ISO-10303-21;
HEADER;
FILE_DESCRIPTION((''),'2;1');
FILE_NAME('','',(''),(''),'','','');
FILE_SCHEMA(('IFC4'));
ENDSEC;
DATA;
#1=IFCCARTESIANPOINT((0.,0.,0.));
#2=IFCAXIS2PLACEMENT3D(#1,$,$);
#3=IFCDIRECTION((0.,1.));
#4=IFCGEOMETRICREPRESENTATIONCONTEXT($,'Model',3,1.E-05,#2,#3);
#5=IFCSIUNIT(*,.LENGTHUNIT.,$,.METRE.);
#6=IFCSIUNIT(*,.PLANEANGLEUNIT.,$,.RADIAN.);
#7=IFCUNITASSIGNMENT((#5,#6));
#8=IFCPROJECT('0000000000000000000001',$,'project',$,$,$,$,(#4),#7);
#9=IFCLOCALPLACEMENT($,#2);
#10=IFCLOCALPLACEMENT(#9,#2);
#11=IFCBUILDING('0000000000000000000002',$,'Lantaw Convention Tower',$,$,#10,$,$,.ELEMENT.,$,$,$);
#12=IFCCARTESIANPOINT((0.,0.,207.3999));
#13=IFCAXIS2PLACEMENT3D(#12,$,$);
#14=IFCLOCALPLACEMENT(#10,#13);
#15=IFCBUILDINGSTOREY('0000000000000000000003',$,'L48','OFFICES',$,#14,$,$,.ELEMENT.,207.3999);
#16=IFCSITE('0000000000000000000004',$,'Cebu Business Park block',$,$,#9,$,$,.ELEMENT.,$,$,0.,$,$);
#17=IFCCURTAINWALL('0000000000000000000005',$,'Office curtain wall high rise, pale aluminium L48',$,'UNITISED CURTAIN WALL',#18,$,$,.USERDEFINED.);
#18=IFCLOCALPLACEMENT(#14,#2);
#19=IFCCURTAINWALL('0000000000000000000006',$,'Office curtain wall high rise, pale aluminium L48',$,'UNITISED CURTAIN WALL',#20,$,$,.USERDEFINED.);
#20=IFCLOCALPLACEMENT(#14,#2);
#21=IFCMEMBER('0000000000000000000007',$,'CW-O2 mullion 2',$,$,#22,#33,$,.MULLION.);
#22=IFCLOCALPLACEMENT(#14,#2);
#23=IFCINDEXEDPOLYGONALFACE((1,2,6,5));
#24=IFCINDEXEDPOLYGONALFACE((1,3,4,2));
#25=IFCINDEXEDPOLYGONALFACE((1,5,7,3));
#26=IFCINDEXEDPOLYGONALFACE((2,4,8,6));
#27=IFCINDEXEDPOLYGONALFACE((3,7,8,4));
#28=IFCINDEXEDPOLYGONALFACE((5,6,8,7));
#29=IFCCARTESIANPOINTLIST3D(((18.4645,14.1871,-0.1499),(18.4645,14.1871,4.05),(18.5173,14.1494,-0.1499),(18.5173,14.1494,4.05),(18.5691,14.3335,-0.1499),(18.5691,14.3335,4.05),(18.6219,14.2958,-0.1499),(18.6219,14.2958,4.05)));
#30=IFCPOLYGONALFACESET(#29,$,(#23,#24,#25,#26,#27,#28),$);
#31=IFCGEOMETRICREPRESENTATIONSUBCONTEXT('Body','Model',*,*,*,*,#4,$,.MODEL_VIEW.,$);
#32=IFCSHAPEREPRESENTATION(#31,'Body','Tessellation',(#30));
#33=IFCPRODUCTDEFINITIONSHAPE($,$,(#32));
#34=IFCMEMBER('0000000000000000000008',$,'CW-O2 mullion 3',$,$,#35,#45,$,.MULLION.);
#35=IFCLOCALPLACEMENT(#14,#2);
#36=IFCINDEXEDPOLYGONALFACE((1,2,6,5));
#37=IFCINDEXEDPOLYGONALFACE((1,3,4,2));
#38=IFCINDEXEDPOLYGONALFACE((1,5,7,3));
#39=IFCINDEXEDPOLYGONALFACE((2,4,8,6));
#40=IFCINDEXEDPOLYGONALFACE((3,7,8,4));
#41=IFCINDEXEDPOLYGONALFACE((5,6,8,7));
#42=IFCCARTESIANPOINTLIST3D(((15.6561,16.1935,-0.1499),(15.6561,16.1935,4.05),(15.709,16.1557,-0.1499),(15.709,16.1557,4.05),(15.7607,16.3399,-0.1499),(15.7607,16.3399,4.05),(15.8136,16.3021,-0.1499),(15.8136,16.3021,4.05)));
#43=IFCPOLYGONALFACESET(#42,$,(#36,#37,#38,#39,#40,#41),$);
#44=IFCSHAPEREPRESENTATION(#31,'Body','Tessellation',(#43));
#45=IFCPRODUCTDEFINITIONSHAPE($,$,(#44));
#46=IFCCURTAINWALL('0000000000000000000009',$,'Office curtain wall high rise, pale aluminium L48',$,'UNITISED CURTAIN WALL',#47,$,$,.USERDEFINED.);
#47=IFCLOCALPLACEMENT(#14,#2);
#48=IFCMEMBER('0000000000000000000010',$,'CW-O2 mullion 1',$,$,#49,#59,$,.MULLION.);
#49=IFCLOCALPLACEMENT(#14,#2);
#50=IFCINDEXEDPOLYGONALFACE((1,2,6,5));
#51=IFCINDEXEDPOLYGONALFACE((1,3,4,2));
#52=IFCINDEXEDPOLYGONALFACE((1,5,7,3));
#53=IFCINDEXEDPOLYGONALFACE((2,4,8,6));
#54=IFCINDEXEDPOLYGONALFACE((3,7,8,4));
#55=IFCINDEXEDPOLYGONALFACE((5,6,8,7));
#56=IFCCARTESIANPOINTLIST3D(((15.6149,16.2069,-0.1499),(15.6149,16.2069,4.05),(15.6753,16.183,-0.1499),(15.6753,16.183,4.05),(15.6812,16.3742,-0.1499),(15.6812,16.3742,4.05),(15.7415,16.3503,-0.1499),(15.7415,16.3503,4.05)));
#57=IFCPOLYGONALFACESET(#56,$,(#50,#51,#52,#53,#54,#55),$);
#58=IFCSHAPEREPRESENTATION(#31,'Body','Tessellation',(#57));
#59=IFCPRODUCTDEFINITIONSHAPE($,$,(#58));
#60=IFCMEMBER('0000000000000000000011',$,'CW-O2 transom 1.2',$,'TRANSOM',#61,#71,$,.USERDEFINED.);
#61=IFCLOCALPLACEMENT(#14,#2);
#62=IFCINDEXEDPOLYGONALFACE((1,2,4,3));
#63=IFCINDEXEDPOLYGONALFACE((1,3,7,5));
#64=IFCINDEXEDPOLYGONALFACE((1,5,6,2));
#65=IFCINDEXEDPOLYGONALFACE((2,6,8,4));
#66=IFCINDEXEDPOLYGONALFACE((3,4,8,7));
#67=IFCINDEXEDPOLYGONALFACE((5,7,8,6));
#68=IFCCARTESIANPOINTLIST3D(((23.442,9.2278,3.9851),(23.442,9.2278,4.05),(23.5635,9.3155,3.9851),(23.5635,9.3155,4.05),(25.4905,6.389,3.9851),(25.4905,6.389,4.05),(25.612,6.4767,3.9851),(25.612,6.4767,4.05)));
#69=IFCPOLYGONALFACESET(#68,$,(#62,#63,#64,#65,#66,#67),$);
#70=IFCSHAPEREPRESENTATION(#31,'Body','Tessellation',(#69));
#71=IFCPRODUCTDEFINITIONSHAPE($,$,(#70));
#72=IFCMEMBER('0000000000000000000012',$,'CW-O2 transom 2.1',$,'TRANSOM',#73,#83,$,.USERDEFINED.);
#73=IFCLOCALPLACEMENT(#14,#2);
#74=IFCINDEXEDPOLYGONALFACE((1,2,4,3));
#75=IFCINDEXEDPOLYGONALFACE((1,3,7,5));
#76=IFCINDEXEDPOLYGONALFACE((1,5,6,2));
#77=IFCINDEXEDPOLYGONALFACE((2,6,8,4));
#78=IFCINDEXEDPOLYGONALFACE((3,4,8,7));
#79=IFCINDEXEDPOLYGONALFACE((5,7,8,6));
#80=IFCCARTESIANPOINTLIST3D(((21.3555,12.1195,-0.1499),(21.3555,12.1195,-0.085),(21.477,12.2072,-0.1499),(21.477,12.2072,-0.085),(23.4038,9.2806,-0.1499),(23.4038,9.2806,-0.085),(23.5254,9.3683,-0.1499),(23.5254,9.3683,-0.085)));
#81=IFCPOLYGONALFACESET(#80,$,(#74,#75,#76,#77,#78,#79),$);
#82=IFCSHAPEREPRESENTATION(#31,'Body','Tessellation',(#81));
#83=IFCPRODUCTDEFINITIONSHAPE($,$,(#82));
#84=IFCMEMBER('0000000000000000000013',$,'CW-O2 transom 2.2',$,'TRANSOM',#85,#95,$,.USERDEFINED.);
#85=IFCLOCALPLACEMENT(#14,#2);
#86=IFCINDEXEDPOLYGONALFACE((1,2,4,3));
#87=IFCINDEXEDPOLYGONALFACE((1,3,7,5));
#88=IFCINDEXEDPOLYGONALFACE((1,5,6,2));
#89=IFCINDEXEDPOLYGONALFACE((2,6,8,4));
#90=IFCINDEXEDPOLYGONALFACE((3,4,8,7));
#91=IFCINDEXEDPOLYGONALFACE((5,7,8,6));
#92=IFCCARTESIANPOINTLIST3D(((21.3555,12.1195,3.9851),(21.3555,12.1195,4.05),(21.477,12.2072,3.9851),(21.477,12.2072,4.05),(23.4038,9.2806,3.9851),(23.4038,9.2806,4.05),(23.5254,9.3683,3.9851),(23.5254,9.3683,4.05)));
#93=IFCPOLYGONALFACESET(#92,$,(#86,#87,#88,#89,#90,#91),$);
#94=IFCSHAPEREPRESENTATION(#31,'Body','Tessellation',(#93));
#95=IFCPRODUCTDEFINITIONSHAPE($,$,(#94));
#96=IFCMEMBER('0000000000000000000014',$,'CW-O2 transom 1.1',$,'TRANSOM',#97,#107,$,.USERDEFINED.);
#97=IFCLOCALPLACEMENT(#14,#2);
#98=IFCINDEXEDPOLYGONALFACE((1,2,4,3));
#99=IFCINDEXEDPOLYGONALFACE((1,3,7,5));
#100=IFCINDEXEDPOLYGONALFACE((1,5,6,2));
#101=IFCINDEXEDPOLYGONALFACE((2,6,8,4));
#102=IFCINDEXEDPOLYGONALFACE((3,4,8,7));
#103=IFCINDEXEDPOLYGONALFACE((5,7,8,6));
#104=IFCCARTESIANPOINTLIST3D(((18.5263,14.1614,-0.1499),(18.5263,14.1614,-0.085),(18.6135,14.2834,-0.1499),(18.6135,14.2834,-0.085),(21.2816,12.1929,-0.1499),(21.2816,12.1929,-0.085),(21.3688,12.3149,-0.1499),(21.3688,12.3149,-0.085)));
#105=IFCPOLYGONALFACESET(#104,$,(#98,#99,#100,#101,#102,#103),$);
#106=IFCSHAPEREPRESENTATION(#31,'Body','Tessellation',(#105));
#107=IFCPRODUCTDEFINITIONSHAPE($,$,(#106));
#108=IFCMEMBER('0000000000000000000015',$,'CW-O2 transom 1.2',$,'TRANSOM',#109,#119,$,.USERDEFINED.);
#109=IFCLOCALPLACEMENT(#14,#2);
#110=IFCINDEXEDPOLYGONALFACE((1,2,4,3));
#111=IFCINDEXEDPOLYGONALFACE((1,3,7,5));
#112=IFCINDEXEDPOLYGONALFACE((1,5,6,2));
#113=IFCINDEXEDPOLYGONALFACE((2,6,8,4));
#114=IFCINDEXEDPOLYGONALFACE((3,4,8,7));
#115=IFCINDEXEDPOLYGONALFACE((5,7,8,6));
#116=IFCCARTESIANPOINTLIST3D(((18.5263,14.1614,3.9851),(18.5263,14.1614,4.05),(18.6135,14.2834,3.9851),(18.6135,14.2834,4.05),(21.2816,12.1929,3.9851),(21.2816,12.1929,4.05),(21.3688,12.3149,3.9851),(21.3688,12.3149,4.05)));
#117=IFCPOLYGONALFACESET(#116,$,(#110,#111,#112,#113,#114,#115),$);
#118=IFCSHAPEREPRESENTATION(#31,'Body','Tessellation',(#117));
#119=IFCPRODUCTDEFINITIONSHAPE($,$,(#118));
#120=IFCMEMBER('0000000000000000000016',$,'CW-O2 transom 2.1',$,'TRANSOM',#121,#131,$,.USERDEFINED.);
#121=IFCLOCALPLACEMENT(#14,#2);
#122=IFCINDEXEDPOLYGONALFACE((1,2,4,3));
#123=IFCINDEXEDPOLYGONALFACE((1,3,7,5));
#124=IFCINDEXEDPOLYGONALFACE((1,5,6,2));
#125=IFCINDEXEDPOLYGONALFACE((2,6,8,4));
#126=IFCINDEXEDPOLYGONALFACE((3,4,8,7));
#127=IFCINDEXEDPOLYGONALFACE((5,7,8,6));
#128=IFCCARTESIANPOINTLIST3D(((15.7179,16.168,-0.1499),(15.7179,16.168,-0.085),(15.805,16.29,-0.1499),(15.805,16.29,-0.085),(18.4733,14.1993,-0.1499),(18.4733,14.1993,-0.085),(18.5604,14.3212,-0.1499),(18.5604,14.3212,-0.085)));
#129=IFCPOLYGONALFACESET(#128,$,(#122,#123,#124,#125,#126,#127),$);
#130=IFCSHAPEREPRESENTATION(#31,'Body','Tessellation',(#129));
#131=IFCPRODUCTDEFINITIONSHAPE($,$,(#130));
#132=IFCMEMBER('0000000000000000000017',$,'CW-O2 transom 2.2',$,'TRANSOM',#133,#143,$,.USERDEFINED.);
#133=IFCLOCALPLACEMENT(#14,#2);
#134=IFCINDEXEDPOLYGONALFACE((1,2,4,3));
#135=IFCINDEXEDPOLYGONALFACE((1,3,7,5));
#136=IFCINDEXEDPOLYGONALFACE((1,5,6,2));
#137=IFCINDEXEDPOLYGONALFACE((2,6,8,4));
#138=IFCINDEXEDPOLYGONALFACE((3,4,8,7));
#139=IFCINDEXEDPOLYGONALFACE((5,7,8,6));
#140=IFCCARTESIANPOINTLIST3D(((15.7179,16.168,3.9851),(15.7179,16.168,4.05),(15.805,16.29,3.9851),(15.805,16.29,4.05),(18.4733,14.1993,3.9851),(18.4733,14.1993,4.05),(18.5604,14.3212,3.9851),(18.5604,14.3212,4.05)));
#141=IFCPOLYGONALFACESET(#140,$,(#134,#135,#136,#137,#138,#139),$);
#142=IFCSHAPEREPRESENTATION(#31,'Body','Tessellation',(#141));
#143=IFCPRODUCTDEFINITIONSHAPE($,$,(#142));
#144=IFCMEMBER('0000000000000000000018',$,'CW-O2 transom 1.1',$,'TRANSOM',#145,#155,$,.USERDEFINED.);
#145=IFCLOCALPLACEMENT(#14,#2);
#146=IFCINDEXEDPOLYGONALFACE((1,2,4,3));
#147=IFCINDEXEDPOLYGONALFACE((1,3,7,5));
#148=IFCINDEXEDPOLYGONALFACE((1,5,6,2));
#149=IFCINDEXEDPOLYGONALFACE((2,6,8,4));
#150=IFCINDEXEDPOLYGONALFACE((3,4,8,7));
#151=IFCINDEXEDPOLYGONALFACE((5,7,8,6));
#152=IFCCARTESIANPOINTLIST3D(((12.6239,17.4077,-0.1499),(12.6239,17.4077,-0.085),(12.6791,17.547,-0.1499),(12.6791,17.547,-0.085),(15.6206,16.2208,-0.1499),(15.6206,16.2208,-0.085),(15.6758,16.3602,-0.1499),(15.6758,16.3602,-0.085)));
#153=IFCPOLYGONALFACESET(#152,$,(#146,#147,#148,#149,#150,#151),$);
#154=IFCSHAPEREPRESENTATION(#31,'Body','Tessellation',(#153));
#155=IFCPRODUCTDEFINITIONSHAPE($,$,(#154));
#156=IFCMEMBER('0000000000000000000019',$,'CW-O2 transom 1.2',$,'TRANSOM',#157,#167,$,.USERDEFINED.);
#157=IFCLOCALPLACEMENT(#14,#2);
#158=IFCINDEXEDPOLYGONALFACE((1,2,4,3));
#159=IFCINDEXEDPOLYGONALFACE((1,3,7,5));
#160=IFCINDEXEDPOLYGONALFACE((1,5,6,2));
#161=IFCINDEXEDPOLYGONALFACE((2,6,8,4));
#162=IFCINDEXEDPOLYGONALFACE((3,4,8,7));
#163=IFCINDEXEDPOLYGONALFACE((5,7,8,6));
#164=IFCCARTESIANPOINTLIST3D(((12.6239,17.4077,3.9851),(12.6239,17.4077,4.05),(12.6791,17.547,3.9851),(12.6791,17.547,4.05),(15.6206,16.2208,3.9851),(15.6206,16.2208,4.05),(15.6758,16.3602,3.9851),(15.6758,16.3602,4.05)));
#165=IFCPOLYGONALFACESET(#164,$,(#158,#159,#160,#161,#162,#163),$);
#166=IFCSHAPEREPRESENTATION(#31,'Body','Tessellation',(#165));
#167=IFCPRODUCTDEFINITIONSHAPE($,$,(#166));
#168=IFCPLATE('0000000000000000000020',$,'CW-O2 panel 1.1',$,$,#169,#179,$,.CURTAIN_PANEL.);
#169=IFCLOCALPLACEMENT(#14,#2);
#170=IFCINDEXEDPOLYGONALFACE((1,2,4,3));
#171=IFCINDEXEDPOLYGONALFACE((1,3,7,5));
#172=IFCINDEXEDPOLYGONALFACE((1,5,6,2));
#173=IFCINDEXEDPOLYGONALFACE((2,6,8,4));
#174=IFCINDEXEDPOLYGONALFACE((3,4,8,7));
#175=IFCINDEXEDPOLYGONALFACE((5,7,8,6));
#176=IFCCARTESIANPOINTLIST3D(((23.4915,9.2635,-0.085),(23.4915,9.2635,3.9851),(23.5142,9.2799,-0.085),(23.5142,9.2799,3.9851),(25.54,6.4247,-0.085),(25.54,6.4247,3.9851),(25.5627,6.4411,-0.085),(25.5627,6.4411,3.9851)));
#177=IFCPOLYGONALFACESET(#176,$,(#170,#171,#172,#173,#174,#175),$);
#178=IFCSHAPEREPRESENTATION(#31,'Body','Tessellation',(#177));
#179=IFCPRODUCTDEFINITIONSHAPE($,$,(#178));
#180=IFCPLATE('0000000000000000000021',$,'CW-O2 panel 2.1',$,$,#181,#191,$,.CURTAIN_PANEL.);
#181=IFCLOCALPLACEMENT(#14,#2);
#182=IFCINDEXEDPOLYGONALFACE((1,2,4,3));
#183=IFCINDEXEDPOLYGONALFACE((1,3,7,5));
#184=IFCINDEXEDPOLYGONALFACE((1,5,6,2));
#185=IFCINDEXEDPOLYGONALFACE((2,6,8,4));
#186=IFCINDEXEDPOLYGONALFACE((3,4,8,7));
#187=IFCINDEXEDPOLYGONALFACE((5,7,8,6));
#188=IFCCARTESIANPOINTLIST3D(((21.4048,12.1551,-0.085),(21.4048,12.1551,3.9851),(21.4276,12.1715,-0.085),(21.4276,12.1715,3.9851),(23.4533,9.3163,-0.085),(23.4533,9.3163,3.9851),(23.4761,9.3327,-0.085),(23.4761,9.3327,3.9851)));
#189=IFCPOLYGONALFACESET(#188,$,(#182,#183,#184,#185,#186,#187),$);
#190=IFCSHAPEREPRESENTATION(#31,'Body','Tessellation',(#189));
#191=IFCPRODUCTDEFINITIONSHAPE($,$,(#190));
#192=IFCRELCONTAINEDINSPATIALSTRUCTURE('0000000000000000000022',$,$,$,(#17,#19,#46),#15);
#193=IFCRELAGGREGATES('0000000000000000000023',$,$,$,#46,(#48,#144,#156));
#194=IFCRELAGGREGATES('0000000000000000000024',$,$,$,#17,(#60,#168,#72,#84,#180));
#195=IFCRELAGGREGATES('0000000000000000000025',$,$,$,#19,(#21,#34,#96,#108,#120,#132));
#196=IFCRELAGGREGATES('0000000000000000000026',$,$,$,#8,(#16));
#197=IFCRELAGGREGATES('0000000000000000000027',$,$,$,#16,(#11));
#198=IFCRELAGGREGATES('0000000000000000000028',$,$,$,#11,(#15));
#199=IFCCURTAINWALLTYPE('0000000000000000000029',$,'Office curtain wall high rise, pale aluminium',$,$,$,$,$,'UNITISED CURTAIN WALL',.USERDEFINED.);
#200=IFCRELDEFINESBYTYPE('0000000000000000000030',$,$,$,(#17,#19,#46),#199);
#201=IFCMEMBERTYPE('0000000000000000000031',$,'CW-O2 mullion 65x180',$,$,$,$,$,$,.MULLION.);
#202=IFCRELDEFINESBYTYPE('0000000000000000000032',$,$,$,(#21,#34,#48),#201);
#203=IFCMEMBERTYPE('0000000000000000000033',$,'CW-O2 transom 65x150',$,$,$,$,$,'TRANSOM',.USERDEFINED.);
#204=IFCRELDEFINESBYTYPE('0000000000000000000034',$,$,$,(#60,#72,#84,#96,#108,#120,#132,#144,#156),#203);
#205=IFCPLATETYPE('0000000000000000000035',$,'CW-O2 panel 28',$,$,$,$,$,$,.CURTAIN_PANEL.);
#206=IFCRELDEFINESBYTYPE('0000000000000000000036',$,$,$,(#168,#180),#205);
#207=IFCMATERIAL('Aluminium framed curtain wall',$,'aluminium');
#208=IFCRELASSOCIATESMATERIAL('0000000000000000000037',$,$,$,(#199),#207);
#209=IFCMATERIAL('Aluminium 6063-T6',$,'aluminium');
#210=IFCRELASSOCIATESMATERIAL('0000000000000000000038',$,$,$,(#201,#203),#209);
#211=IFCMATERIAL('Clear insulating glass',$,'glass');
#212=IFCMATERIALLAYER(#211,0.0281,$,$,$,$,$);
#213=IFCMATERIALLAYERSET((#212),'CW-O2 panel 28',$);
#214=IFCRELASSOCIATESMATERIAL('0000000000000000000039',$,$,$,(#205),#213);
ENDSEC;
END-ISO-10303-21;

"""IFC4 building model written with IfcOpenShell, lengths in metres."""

from ifc_helpers import new_model, si_unit, direction, frame, origin, origin_2d, place, context, subcontext, project, spatial, rectangle, extrude, material, layer, layer_set, material_profile, profile_set, type_object, element, aggregate, save


model = new_model("IFC4")

# Units and contexts
model_context = context("Model", 3, precision=1e-05, world=origin(), true_north=direction((0.0, 1.0)))
body_context = subcontext(model_context, "Body", "Model", "MODEL_VIEW")
ifc_project = project(units=[si_unit("LENGTHUNIT", "METRE"), si_unit("PLANEANGLEUNIT", "RADIAN")], contexts=[model_context])

# Site, building, storey
site_placement = place(None, origin())
site = spatial("IfcSite", under=ifc_project, at=site_placement, Name="Cebu Business Park block", CompositionType="ELEMENT", RefElevation=0.0)
building_placement = place(site_placement, origin())
building = spatial("IfcBuilding", under=site, at=building_placement, Name="Lantaw Convention Tower", CompositionType="ELEMENT")
storey_placement = place(building_placement, frame((0.0, 0.0, 207.3999)))
storey = spatial("IfcBuildingStorey", under=building, at=storey_placement, Name="L48", Description="OFFICES", CompositionType="ELEMENT", Elevation=207.3999)

# Curtain walls, members
ifc_material_1 = material(Name="Aluminium framed curtain wall", Category="aluminium")
curtain_wall_type = type_object("IfcCurtainWallType", Name="Office curtain wall high rise, pale aluminium", ElementType="UNITISED CURTAIN WALL", PredefinedType="USERDEFINED", material=ifc_material_1)
curtain_wall_1_placement = place(storey_placement, origin())
curtain_wall_1 = element("IfcCurtainWall", 1, at=curtain_wall_1_placement, inside=storey, type_object=curtain_wall_type, Name="Office curtain wall high rise, pale aluminium L48", ObjectType="UNITISED CURTAIN WALL", PredefinedType="USERDEFINED")
ifc_material_2 = material(Name="Aluminium 6063-T6", Category="aluminium")
ifc_material_profile_1 = material_profile(ifc_material_2, rectangle(XDim=0.1799, YDim=0.0649, at=origin_2d()), Name="CW-O2 mullion 65x180")
ifc_profile_set_1 = profile_set([ifc_material_profile_1], Name="Aluminium 6063-T6")
member_type_1 = type_object("IfcMemberType", Name="CW-O2 mullion 65x180", PredefinedType="MULLION", material=ifc_profile_set_1)
curtain_wall_2_placement = place(storey_placement, origin())
curtain_wall_2 = element("IfcCurtainWall", 2, at=curtain_wall_2_placement, inside=storey, type_object=curtain_wall_type, Name="Office curtain wall high rise, pale aluminium L48", ObjectType="UNITISED CURTAIN WALL", PredefinedType="USERDEFINED")
member_1_placement = place(storey_placement, frame((18.5432, 14.2415, -0.1499), z_axis=(0.0, 0.0, 1.0), x_axis=(-0.581323, -0.813673, 0.0)))
member_1 = element("IfcMember", 3, at=member_1_placement, type_object=member_type_1, Name="CW-O2 mullion 2", PredefinedType="MULLION", context=body_context, shape_type="SweptSolid", body=[
    extrude(rectangle(XDim=0.1799, YDim=0.0649, at=origin_2d()), origin(), (0.0, 0.0, 1.0), 4.2),
])
member_2_placement = place(storey_placement, frame((15.7349, 16.2478, -0.1499), z_axis=(0.0, 0.0, 1.0), x_axis=(-0.581323, -0.813673, 0.0)))
member_2 = element("IfcMember", 4, at=member_2_placement, type_object=member_type_1, Name="CW-O2 mullion 3", PredefinedType="MULLION", context=body_context, shape_type="SweptSolid", body=[
    extrude(rectangle(XDim=0.1799, YDim=0.0649, at=origin_2d()), origin(), (0.0, 0.0, 1.0), 4.2),
])

# Curtain wall, member
curtain_wall_3_placement = place(storey_placement, origin())
curtain_wall_3 = element("IfcCurtainWall", 5, at=curtain_wall_3_placement, inside=storey, type_object=curtain_wall_type, Name="Office curtain wall high rise, pale aluminium L48", ObjectType="UNITISED CURTAIN WALL", PredefinedType="USERDEFINED")
member_3_placement = place(storey_placement, frame((15.6782, 16.2786, -0.1499), z_axis=(0.0, 0.0, 1.0), x_axis=(-0.368162, -0.929762, 0.0)))
member_3 = element("IfcMember", 6, at=member_3_placement, type_object=member_type_1, Name="CW-O2 mullion 1", PredefinedType="MULLION", context=body_context, shape_type="SweptSolid", body=[
    extrude(rectangle(XDim=0.1799, YDim=0.0649, at=origin_2d()), origin(), (0.0, 0.0, 1.0), 4.2),
])

# Members
ifc_material_profile_2 = material_profile(ifc_material_2, rectangle(XDim=0.1499, YDim=0.0649, at=origin_2d()), Name="CW-O2 transom 65x150")
ifc_profile_set_2 = profile_set([ifc_material_profile_2], Name="Aluminium 6063-T6")
member_type_2 = type_object("IfcMemberType", Name="CW-O2 transom 65x150", ElementType="TRANSOM", PredefinedType="USERDEFINED", material=ifc_profile_set_2)
member_4_placement = place(storey_placement, frame((25.5513, 6.4329, 4.0176), z_axis=(-0.58517, 0.810911, 0.0), x_axis=(-0.810911, -0.58517, 0.0)))
member_4 = element("IfcMember", 7, at=member_4_placement, type_object=member_type_2, Name="CW-O2 transom 1.2", ObjectType="TRANSOM", PredefinedType="USERDEFINED", context=body_context, shape_type="SweptSolid", body=[
    extrude(rectangle(XDim=0.1499, YDim=0.0649, at=origin_2d()), origin(), (0.0, 0.0, 1.0), 3.5007),
])
member_5_placement = place(storey_placement, frame((23.4646, 9.3245, -0.1174), z_axis=(-0.585124, 0.810944, 0.0), x_axis=(-0.810944, -0.585124, 0.0)))
member_5 = element("IfcMember", 8, at=member_5_placement, type_object=member_type_2, Name="CW-O2 transom 2.1", ObjectType="TRANSOM", PredefinedType="USERDEFINED", context=body_context, shape_type="SweptSolid", body=[
    extrude(rectangle(XDim=0.1499, YDim=0.0649, at=origin_2d()), origin(), (0.0, 0.0, 1.0), 3.5007),
])
member_6_placement = place(storey_placement, frame((23.4646, 9.3245, 4.0176), z_axis=(-0.585124, 0.810944, 0.0), x_axis=(-0.810944, -0.585124, 0.0)))
member_6 = element("IfcMember", 9, at=member_6_placement, type_object=member_type_2, Name="CW-O2 transom 2.2", ObjectType="TRANSOM", PredefinedType="USERDEFINED", context=body_context, shape_type="SweptSolid", body=[
    extrude(rectangle(XDim=0.1499, YDim=0.0649, at=origin_2d()), origin(), (0.0, 0.0, 1.0), 3.5007),
])
member_7_placement = place(storey_placement, frame((21.3252, 12.2539, -0.1174), z_axis=(-0.81368, 0.581313, 0.0), x_axis=(-0.581313, -0.81368, 0.0)))
member_7 = element("IfcMember", 10, at=member_7_placement, type_object=member_type_2, Name="CW-O2 transom 1.1", ObjectType="TRANSOM", PredefinedType="USERDEFINED", context=body_context, shape_type="SweptSolid", body=[
    extrude(rectangle(XDim=0.1499, YDim=0.0649, at=origin_2d()), origin(), (0.0, 0.0, 1.0), 3.3862),
])
member_8_placement = place(storey_placement, frame((21.3252, 12.2539, 4.0176), z_axis=(-0.81368, 0.581313, 0.0), x_axis=(-0.581313, -0.81368, 0.0)))
member_8 = element("IfcMember", 11, at=member_8_placement, type_object=member_type_2, Name="CW-O2 transom 1.2", ObjectType="TRANSOM", PredefinedType="USERDEFINED", context=body_context, shape_type="SweptSolid", body=[
    extrude(rectangle(XDim=0.1499, YDim=0.0649, at=origin_2d()), origin(), (0.0, 0.0, 1.0), 3.3862),
])
member_9_placement = place(storey_placement, frame((18.5168, 14.2603, -0.1174), z_axis=(-0.813646, 0.581361, 0.0), x_axis=(-0.581361, -0.813646, 0.0)))
member_9 = element("IfcMember", 12, at=member_9_placement, type_object=member_type_2, Name="CW-O2 transom 2.1", ObjectType="TRANSOM", PredefinedType="USERDEFINED", context=body_context, shape_type="SweptSolid", body=[
    extrude(rectangle(XDim=0.1499, YDim=0.0649, at=origin_2d()), origin(), (0.0, 0.0, 1.0), 3.3865),
])
member_10_placement = place(storey_placement, frame((18.5168, 14.2603, 4.0176), z_axis=(-0.813646, 0.581361, 0.0), x_axis=(-0.581361, -0.813646, 0.0)))
member_10 = element("IfcMember", 13, at=member_10_placement, type_object=member_type_2, Name="CW-O2 transom 2.2", ObjectType="TRANSOM", PredefinedType="USERDEFINED", context=body_context, shape_type="SweptSolid", body=[
    extrude(rectangle(XDim=0.1499, YDim=0.0649, at=origin_2d()), origin(), (0.0, 0.0, 1.0), 3.3865),
])
member_11_placement = place(storey_placement, frame((15.6482, 16.2905, -0.1174), z_axis=(-0.929741, 0.368215, 0.0), x_axis=(-0.368215, -0.929741, 0.0)))
member_11 = element("IfcMember", 14, at=member_11_placement, type_object=member_type_2, Name="CW-O2 transom 1.1", ObjectType="TRANSOM", PredefinedType="USERDEFINED", context=body_context, shape_type="SweptSolid", body=[
    extrude(rectangle(XDim=0.1499, YDim=0.0649, at=origin_2d()), origin(), (0.0, 0.0, 1.0), 3.2231),
])
member_12_placement = place(storey_placement, frame((15.6482, 16.2905, 4.0176), z_axis=(-0.929741, 0.368215, 0.0), x_axis=(-0.368215, -0.929741, 0.0)))
member_12 = element("IfcMember", 15, at=member_12_placement, type_object=member_type_2, Name="CW-O2 transom 1.2", ObjectType="TRANSOM", PredefinedType="USERDEFINED", context=body_context, shape_type="SweptSolid", body=[
    extrude(rectangle(XDim=0.1499, YDim=0.0649, at=origin_2d()), origin(), (0.0, 0.0, 1.0), 3.2231),
])
aggregate(curtain_wall_3, [member_3, member_11, member_12])

# Plates
ifc_material_3 = material(Name="Clear insulating glass", Category="glass")
ifc_layer_1 = layer(ifc_material_3, 0.0281)
ifc_layer_set_1 = layer_set([ifc_layer_1], Name="CW-O2 panel 28")
plate_type_1 = type_object("IfcPlateType", Name="CW-O2 panel 28", PredefinedType="CURTAIN_PANEL", material=ifc_layer_set_1)
plate_1_placement = place(storey_placement, frame((24.5271, 7.8523, -0.085), z_axis=(0.0, 0.0, 1.0), x_axis=(-0.585158, 0.81092, 0.0)))
plate_1 = element("IfcPlate", 16, at=plate_1_placement, type_object=plate_type_1, Name="CW-O2 panel 1.1", PredefinedType="CURTAIN_PANEL", context=body_context, shape_type="SweptSolid", body=[
    extrude(rectangle(XDim=3.5007, YDim=0.0281, at=origin_2d()), origin(), (0.0, 0.0, 1.0), 4.0701),
])
plate_2_placement = place(storey_placement, frame((22.4404, 10.7439, -0.085), z_axis=(0.0, 0.0, 1.0), x_axis=(-0.585158, 0.81092, 0.0)))
plate_2 = element("IfcPlate", 17, at=plate_2_placement, type_object=plate_type_1, Name="CW-O2 panel 2.1", PredefinedType="CURTAIN_PANEL", context=body_context, shape_type="SweptSolid", body=[
    extrude(rectangle(XDim=3.5007, YDim=0.0281, at=origin_2d()), origin(), (0.0, 0.0, 1.0), 4.0701),
])
aggregate(curtain_wall_1, [member_4, plate_1, member_5, member_6, plate_2])
aggregate(curtain_wall_2, [member_1, member_2, member_7, member_8, member_9, member_10])

save(model, "model.ifc")
